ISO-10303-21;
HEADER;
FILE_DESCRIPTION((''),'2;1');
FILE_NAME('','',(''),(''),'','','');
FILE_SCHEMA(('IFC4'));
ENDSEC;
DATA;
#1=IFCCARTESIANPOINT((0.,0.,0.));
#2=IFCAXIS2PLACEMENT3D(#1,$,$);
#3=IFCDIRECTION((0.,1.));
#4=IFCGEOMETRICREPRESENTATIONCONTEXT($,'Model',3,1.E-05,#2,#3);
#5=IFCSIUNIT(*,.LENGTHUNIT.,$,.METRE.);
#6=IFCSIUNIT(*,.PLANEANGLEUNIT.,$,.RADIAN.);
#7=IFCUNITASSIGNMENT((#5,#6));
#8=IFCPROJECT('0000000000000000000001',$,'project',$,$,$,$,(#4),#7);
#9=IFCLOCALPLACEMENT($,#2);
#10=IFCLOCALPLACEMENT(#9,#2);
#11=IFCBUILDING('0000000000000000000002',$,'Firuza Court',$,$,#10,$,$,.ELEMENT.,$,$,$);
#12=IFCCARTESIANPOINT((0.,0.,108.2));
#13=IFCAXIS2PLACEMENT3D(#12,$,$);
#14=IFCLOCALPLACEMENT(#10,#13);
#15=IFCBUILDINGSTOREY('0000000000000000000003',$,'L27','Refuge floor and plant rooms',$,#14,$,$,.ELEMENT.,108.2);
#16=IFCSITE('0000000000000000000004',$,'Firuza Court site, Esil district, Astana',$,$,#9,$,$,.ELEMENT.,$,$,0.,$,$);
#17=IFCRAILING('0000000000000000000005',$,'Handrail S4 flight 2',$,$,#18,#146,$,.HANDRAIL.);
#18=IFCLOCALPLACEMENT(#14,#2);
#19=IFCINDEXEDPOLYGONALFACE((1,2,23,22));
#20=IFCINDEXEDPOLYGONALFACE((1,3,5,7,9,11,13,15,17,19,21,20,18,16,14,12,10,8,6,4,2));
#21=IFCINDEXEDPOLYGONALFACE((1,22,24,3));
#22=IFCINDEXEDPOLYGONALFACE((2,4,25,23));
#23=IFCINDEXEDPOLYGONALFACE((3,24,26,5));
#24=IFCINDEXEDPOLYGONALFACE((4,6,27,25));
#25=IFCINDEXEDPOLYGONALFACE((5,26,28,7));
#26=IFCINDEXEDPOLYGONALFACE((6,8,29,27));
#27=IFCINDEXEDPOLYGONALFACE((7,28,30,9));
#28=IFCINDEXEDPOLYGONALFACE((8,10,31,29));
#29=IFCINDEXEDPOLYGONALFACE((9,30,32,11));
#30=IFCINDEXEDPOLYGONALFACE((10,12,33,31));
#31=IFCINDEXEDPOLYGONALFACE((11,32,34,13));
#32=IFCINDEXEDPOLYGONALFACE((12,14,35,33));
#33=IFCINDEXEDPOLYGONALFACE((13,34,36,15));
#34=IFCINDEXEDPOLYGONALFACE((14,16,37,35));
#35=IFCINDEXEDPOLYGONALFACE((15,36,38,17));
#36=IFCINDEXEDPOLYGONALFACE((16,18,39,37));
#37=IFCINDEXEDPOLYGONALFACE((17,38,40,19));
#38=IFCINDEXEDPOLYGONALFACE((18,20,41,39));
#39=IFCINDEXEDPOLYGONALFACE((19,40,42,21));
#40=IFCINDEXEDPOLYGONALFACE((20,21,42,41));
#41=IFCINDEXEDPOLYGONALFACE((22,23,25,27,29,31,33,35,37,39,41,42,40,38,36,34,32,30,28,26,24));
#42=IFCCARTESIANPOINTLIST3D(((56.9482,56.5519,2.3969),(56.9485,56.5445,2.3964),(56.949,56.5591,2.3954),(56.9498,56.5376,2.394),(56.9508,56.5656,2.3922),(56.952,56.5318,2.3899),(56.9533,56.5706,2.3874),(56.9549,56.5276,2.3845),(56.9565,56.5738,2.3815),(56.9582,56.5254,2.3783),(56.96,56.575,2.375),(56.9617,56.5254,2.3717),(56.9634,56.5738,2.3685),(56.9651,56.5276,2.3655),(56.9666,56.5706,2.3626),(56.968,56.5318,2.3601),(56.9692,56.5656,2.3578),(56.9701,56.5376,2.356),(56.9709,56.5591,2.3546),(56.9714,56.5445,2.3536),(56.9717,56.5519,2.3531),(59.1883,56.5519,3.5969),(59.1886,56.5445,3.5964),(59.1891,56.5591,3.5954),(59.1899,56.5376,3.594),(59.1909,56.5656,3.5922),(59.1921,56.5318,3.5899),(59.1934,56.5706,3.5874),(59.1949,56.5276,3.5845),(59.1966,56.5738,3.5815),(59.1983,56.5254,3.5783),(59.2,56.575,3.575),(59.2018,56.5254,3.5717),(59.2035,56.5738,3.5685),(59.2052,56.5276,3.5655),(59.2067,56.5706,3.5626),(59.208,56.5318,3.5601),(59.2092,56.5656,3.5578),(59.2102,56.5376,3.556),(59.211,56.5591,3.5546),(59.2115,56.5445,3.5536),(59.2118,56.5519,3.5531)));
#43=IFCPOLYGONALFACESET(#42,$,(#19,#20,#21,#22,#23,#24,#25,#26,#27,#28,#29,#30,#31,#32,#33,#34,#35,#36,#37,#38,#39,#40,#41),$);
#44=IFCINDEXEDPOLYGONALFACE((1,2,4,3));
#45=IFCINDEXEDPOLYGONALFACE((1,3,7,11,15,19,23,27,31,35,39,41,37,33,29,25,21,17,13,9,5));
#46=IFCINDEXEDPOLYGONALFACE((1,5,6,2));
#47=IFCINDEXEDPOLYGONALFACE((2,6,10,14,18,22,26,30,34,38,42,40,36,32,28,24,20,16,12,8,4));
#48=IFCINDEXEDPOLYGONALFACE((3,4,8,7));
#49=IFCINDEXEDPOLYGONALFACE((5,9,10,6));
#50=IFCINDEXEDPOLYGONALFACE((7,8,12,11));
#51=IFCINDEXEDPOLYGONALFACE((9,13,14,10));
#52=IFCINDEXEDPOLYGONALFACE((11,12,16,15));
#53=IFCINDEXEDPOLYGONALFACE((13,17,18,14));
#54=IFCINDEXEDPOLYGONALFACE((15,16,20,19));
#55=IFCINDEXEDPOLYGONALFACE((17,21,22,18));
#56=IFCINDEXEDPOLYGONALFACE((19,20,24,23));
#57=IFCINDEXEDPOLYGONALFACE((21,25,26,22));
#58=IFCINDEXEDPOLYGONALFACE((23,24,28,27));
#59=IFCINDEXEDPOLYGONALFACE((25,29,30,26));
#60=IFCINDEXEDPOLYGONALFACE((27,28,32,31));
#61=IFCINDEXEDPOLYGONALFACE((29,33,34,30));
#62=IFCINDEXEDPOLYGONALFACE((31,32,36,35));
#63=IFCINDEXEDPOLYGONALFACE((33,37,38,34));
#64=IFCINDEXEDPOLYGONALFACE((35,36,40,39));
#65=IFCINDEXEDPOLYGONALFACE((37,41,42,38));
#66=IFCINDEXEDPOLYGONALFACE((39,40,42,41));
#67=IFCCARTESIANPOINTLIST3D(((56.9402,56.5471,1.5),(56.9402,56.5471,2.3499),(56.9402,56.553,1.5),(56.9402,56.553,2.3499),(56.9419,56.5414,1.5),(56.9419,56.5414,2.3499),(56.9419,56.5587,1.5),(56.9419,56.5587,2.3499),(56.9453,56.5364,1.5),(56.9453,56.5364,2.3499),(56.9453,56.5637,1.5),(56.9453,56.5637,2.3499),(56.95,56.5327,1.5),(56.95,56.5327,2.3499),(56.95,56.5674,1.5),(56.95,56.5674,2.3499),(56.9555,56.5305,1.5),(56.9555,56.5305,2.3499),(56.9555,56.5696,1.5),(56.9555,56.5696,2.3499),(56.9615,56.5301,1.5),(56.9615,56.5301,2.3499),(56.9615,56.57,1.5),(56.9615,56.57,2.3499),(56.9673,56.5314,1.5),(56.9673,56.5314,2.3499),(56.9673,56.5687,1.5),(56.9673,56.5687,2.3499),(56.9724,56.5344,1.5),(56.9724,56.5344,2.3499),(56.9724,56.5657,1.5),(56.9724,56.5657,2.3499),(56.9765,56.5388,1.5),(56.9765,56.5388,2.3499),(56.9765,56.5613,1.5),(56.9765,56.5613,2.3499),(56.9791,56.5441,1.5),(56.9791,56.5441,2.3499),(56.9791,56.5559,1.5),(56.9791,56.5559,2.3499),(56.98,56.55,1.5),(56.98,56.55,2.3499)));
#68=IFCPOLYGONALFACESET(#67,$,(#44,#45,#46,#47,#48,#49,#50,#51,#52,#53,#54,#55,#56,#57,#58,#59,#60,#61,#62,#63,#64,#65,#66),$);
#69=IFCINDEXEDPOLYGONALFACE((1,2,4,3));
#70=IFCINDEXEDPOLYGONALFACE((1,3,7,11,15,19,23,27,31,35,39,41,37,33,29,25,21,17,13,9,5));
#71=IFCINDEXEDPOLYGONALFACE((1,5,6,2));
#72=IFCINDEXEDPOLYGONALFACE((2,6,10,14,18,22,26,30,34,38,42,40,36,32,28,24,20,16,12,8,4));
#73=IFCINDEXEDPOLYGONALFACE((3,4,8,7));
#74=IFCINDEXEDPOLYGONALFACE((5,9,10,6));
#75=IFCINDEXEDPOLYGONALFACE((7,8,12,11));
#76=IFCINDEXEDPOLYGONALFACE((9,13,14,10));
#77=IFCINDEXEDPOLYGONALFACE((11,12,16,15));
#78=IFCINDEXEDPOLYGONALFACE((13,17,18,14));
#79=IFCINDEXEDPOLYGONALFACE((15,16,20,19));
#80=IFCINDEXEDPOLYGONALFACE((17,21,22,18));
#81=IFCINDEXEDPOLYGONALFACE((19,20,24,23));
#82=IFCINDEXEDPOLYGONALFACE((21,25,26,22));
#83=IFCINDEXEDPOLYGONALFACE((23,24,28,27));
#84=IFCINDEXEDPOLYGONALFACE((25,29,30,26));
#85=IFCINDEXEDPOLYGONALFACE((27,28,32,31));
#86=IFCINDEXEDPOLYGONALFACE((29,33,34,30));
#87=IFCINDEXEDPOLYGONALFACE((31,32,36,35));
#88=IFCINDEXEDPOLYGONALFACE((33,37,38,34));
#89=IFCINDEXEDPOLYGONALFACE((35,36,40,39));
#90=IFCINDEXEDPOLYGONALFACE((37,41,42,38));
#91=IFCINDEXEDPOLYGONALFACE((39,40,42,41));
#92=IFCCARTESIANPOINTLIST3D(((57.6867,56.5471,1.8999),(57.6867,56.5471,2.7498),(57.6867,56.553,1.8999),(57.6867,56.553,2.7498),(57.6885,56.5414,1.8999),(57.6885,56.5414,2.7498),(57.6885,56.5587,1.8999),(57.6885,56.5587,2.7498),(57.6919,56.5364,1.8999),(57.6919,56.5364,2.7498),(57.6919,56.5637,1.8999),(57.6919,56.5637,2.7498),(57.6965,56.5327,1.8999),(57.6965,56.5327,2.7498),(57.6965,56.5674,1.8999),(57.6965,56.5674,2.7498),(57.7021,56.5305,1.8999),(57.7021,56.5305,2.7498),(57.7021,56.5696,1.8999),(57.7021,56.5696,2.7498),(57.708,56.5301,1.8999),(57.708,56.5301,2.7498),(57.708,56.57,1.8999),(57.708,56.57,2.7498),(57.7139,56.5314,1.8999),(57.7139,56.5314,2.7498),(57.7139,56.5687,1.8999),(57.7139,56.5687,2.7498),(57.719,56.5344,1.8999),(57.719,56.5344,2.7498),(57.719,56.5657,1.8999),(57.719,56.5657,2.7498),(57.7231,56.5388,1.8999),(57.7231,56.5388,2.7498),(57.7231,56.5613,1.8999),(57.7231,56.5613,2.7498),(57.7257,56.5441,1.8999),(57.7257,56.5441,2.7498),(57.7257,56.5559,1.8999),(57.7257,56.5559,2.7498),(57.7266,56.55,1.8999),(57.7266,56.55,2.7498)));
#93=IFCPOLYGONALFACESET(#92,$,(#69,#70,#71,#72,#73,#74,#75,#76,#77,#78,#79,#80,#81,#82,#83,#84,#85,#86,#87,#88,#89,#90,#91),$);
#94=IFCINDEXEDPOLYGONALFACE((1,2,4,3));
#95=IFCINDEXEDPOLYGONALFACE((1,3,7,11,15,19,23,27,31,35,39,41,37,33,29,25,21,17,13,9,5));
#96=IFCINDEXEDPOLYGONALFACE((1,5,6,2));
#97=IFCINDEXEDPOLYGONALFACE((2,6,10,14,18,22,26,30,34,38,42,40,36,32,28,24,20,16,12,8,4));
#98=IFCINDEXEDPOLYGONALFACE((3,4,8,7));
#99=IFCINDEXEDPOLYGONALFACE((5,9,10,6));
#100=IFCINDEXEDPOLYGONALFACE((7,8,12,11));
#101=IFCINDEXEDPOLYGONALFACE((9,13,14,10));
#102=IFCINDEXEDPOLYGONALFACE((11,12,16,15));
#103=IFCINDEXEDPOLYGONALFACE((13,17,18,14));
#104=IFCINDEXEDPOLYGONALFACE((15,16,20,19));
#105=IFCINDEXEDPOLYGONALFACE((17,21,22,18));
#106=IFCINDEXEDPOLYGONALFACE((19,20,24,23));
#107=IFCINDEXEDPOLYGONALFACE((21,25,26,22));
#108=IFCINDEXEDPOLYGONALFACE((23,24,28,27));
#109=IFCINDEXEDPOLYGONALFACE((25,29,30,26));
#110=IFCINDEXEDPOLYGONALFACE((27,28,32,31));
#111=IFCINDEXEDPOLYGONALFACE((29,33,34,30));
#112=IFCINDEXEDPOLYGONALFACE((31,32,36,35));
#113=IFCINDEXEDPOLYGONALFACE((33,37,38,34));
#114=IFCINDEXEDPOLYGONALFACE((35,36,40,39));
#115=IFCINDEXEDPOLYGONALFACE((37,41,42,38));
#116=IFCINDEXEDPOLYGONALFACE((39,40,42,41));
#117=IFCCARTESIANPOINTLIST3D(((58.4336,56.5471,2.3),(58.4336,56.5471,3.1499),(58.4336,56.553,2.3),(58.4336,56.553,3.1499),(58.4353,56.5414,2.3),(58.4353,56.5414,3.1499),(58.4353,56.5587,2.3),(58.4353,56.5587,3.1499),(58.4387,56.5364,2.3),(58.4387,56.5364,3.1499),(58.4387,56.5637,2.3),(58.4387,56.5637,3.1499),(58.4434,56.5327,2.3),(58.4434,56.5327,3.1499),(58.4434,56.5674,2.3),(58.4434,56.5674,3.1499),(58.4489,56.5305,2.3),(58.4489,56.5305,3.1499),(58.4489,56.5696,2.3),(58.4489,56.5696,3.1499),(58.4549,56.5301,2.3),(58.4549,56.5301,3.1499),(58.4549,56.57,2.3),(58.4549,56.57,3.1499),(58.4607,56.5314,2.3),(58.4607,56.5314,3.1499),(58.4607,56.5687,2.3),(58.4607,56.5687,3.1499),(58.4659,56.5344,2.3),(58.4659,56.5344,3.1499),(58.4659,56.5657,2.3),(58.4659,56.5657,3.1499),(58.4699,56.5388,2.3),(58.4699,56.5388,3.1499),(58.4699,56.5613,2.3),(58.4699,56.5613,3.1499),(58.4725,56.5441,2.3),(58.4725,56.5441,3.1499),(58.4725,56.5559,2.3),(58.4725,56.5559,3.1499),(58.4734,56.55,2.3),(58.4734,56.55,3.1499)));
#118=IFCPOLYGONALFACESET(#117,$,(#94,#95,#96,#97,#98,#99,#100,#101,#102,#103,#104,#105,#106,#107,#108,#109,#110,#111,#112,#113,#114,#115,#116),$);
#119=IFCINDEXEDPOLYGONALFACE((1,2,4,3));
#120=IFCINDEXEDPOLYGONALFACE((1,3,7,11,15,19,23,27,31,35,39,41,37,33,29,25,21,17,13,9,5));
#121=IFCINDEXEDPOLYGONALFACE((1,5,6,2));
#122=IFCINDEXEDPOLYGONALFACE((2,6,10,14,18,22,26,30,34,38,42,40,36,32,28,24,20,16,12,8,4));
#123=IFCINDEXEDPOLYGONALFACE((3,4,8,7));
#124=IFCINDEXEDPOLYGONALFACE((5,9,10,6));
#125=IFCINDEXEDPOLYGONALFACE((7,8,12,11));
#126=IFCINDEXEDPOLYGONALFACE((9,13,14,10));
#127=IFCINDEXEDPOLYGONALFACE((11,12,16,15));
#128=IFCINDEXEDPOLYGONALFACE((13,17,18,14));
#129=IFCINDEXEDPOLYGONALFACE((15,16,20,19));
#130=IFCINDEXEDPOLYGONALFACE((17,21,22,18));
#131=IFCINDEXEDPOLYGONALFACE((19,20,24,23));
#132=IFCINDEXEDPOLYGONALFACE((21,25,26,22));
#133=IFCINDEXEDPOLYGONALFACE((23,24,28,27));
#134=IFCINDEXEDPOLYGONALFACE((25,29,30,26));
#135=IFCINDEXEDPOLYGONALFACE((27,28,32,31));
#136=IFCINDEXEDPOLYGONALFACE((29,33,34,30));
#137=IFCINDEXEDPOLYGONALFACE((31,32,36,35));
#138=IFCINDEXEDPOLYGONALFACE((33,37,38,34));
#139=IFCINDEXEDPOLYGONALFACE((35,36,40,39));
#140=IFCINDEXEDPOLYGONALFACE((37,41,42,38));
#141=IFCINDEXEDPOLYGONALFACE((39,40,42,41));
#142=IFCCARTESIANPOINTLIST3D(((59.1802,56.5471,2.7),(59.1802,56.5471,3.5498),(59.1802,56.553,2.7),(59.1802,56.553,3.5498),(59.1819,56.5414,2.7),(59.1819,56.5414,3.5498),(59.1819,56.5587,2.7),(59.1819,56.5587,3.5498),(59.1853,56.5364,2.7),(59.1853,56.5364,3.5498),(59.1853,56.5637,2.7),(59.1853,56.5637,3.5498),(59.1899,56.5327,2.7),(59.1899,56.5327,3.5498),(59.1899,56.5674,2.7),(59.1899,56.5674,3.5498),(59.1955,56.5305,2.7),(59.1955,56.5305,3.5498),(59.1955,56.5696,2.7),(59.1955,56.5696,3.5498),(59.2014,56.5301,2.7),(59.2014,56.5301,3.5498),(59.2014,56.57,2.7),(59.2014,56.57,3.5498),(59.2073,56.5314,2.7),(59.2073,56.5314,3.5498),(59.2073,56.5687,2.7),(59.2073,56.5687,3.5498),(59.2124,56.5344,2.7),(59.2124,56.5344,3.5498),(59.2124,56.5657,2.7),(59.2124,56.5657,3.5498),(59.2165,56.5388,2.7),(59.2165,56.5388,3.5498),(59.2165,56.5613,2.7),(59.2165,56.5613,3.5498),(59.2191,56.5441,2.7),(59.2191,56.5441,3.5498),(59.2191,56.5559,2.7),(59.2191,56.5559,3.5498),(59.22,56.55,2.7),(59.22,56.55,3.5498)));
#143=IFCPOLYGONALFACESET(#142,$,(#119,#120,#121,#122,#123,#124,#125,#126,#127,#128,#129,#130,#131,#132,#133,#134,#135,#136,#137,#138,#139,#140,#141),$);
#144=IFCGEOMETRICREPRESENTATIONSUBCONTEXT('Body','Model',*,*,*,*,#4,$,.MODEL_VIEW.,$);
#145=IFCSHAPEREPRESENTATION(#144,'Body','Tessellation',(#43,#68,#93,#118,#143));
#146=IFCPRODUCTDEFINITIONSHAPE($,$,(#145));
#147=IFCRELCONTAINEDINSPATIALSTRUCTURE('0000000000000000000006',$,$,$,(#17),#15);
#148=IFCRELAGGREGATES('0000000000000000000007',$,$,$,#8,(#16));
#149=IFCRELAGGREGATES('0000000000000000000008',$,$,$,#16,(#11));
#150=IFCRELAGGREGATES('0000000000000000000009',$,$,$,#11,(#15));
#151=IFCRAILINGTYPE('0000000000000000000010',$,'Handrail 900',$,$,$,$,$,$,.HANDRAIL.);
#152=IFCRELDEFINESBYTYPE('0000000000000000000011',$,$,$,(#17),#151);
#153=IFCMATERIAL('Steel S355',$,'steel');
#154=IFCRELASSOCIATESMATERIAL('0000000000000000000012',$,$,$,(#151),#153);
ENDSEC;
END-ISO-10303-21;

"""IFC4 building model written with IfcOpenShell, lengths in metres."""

from ifc_helpers import new_model, si_unit, direction, frame, origin, origin_2d, place, context, subcontext, project, spatial, circle, extrude, material, type_object, element, save


model = new_model("IFC4")

# Units and contexts
model_context = context("Model", 3, precision=1e-05, world=origin(), true_north=direction((0.0, 1.0)))
body_context = subcontext(model_context, "Body", "Model", "MODEL_VIEW")
ifc_project = project(units=[si_unit("LENGTHUNIT", "METRE"), si_unit("PLANEANGLEUNIT", "RADIAN")], contexts=[model_context])

# Site, building, storey
site_placement = place(None, origin())
site = spatial("IfcSite", under=ifc_project, at=site_placement, Name="Firuza Court site, Esil district, Astana", CompositionType="ELEMENT", RefElevation=0.0)
building_placement = place(site_placement, origin())
building = spatial("IfcBuilding", under=site, at=building_placement, Name="Firuza Court", CompositionType="ELEMENT")
storey_placement = place(building_placement, frame((0.0, 0.0, 108.2)))
storey = spatial("IfcBuildingStorey", under=building, at=storey_placement, Name="L27", Description="Refuge floor and plant rooms", CompositionType="ELEMENT", Elevation=108.2)

# Railing
ifc_material_1 = material(Name="Steel S355", Category="steel")
railing_type = type_object("IfcRailingType", Name="Handrail 900", PredefinedType="HANDRAIL", material=ifc_material_1)
railing_placement = place(storey_placement, frame((56.96, 56.55, 1.5)))
element("IfcRailing", 1, at=railing_placement, inside=storey, type_object=railing_type, Name="Handrail S4 flight 2", PredefinedType="HANDRAIL", context=body_context, shape_type="SweptSolid", body=[
    extrude(circle(Radius=0.0249, at=origin_2d()), frame((0.0, 0.0, 0.875), z_axis=(0.881487, 0.0, 0.472208), x_axis=(0.0, 1.0, 0.0)), (0.0, 0.0, 1.0), 2.5413),
    extrude(circle(Radius=0.02, at=origin_2d()), origin(), (0.0, 0.0, 1.0), 0.8499),
    extrude(circle(Radius=0.02, at=origin_2d()), frame((0.7466, 0.0, 0.3999)), (0.0, 0.0, 1.0), 0.8499),
    extrude(circle(Radius=0.02, at=origin_2d()), frame((1.4934, 0.0, 0.8)), (0.0, 0.0, 1.0), 0.8499),
    extrude(circle(Radius=0.02, at=origin_2d()), frame((2.24, 0.0, 1.2)), (0.0, 0.0, 1.0), 0.8499),
])

save(model, "model.ifc")
